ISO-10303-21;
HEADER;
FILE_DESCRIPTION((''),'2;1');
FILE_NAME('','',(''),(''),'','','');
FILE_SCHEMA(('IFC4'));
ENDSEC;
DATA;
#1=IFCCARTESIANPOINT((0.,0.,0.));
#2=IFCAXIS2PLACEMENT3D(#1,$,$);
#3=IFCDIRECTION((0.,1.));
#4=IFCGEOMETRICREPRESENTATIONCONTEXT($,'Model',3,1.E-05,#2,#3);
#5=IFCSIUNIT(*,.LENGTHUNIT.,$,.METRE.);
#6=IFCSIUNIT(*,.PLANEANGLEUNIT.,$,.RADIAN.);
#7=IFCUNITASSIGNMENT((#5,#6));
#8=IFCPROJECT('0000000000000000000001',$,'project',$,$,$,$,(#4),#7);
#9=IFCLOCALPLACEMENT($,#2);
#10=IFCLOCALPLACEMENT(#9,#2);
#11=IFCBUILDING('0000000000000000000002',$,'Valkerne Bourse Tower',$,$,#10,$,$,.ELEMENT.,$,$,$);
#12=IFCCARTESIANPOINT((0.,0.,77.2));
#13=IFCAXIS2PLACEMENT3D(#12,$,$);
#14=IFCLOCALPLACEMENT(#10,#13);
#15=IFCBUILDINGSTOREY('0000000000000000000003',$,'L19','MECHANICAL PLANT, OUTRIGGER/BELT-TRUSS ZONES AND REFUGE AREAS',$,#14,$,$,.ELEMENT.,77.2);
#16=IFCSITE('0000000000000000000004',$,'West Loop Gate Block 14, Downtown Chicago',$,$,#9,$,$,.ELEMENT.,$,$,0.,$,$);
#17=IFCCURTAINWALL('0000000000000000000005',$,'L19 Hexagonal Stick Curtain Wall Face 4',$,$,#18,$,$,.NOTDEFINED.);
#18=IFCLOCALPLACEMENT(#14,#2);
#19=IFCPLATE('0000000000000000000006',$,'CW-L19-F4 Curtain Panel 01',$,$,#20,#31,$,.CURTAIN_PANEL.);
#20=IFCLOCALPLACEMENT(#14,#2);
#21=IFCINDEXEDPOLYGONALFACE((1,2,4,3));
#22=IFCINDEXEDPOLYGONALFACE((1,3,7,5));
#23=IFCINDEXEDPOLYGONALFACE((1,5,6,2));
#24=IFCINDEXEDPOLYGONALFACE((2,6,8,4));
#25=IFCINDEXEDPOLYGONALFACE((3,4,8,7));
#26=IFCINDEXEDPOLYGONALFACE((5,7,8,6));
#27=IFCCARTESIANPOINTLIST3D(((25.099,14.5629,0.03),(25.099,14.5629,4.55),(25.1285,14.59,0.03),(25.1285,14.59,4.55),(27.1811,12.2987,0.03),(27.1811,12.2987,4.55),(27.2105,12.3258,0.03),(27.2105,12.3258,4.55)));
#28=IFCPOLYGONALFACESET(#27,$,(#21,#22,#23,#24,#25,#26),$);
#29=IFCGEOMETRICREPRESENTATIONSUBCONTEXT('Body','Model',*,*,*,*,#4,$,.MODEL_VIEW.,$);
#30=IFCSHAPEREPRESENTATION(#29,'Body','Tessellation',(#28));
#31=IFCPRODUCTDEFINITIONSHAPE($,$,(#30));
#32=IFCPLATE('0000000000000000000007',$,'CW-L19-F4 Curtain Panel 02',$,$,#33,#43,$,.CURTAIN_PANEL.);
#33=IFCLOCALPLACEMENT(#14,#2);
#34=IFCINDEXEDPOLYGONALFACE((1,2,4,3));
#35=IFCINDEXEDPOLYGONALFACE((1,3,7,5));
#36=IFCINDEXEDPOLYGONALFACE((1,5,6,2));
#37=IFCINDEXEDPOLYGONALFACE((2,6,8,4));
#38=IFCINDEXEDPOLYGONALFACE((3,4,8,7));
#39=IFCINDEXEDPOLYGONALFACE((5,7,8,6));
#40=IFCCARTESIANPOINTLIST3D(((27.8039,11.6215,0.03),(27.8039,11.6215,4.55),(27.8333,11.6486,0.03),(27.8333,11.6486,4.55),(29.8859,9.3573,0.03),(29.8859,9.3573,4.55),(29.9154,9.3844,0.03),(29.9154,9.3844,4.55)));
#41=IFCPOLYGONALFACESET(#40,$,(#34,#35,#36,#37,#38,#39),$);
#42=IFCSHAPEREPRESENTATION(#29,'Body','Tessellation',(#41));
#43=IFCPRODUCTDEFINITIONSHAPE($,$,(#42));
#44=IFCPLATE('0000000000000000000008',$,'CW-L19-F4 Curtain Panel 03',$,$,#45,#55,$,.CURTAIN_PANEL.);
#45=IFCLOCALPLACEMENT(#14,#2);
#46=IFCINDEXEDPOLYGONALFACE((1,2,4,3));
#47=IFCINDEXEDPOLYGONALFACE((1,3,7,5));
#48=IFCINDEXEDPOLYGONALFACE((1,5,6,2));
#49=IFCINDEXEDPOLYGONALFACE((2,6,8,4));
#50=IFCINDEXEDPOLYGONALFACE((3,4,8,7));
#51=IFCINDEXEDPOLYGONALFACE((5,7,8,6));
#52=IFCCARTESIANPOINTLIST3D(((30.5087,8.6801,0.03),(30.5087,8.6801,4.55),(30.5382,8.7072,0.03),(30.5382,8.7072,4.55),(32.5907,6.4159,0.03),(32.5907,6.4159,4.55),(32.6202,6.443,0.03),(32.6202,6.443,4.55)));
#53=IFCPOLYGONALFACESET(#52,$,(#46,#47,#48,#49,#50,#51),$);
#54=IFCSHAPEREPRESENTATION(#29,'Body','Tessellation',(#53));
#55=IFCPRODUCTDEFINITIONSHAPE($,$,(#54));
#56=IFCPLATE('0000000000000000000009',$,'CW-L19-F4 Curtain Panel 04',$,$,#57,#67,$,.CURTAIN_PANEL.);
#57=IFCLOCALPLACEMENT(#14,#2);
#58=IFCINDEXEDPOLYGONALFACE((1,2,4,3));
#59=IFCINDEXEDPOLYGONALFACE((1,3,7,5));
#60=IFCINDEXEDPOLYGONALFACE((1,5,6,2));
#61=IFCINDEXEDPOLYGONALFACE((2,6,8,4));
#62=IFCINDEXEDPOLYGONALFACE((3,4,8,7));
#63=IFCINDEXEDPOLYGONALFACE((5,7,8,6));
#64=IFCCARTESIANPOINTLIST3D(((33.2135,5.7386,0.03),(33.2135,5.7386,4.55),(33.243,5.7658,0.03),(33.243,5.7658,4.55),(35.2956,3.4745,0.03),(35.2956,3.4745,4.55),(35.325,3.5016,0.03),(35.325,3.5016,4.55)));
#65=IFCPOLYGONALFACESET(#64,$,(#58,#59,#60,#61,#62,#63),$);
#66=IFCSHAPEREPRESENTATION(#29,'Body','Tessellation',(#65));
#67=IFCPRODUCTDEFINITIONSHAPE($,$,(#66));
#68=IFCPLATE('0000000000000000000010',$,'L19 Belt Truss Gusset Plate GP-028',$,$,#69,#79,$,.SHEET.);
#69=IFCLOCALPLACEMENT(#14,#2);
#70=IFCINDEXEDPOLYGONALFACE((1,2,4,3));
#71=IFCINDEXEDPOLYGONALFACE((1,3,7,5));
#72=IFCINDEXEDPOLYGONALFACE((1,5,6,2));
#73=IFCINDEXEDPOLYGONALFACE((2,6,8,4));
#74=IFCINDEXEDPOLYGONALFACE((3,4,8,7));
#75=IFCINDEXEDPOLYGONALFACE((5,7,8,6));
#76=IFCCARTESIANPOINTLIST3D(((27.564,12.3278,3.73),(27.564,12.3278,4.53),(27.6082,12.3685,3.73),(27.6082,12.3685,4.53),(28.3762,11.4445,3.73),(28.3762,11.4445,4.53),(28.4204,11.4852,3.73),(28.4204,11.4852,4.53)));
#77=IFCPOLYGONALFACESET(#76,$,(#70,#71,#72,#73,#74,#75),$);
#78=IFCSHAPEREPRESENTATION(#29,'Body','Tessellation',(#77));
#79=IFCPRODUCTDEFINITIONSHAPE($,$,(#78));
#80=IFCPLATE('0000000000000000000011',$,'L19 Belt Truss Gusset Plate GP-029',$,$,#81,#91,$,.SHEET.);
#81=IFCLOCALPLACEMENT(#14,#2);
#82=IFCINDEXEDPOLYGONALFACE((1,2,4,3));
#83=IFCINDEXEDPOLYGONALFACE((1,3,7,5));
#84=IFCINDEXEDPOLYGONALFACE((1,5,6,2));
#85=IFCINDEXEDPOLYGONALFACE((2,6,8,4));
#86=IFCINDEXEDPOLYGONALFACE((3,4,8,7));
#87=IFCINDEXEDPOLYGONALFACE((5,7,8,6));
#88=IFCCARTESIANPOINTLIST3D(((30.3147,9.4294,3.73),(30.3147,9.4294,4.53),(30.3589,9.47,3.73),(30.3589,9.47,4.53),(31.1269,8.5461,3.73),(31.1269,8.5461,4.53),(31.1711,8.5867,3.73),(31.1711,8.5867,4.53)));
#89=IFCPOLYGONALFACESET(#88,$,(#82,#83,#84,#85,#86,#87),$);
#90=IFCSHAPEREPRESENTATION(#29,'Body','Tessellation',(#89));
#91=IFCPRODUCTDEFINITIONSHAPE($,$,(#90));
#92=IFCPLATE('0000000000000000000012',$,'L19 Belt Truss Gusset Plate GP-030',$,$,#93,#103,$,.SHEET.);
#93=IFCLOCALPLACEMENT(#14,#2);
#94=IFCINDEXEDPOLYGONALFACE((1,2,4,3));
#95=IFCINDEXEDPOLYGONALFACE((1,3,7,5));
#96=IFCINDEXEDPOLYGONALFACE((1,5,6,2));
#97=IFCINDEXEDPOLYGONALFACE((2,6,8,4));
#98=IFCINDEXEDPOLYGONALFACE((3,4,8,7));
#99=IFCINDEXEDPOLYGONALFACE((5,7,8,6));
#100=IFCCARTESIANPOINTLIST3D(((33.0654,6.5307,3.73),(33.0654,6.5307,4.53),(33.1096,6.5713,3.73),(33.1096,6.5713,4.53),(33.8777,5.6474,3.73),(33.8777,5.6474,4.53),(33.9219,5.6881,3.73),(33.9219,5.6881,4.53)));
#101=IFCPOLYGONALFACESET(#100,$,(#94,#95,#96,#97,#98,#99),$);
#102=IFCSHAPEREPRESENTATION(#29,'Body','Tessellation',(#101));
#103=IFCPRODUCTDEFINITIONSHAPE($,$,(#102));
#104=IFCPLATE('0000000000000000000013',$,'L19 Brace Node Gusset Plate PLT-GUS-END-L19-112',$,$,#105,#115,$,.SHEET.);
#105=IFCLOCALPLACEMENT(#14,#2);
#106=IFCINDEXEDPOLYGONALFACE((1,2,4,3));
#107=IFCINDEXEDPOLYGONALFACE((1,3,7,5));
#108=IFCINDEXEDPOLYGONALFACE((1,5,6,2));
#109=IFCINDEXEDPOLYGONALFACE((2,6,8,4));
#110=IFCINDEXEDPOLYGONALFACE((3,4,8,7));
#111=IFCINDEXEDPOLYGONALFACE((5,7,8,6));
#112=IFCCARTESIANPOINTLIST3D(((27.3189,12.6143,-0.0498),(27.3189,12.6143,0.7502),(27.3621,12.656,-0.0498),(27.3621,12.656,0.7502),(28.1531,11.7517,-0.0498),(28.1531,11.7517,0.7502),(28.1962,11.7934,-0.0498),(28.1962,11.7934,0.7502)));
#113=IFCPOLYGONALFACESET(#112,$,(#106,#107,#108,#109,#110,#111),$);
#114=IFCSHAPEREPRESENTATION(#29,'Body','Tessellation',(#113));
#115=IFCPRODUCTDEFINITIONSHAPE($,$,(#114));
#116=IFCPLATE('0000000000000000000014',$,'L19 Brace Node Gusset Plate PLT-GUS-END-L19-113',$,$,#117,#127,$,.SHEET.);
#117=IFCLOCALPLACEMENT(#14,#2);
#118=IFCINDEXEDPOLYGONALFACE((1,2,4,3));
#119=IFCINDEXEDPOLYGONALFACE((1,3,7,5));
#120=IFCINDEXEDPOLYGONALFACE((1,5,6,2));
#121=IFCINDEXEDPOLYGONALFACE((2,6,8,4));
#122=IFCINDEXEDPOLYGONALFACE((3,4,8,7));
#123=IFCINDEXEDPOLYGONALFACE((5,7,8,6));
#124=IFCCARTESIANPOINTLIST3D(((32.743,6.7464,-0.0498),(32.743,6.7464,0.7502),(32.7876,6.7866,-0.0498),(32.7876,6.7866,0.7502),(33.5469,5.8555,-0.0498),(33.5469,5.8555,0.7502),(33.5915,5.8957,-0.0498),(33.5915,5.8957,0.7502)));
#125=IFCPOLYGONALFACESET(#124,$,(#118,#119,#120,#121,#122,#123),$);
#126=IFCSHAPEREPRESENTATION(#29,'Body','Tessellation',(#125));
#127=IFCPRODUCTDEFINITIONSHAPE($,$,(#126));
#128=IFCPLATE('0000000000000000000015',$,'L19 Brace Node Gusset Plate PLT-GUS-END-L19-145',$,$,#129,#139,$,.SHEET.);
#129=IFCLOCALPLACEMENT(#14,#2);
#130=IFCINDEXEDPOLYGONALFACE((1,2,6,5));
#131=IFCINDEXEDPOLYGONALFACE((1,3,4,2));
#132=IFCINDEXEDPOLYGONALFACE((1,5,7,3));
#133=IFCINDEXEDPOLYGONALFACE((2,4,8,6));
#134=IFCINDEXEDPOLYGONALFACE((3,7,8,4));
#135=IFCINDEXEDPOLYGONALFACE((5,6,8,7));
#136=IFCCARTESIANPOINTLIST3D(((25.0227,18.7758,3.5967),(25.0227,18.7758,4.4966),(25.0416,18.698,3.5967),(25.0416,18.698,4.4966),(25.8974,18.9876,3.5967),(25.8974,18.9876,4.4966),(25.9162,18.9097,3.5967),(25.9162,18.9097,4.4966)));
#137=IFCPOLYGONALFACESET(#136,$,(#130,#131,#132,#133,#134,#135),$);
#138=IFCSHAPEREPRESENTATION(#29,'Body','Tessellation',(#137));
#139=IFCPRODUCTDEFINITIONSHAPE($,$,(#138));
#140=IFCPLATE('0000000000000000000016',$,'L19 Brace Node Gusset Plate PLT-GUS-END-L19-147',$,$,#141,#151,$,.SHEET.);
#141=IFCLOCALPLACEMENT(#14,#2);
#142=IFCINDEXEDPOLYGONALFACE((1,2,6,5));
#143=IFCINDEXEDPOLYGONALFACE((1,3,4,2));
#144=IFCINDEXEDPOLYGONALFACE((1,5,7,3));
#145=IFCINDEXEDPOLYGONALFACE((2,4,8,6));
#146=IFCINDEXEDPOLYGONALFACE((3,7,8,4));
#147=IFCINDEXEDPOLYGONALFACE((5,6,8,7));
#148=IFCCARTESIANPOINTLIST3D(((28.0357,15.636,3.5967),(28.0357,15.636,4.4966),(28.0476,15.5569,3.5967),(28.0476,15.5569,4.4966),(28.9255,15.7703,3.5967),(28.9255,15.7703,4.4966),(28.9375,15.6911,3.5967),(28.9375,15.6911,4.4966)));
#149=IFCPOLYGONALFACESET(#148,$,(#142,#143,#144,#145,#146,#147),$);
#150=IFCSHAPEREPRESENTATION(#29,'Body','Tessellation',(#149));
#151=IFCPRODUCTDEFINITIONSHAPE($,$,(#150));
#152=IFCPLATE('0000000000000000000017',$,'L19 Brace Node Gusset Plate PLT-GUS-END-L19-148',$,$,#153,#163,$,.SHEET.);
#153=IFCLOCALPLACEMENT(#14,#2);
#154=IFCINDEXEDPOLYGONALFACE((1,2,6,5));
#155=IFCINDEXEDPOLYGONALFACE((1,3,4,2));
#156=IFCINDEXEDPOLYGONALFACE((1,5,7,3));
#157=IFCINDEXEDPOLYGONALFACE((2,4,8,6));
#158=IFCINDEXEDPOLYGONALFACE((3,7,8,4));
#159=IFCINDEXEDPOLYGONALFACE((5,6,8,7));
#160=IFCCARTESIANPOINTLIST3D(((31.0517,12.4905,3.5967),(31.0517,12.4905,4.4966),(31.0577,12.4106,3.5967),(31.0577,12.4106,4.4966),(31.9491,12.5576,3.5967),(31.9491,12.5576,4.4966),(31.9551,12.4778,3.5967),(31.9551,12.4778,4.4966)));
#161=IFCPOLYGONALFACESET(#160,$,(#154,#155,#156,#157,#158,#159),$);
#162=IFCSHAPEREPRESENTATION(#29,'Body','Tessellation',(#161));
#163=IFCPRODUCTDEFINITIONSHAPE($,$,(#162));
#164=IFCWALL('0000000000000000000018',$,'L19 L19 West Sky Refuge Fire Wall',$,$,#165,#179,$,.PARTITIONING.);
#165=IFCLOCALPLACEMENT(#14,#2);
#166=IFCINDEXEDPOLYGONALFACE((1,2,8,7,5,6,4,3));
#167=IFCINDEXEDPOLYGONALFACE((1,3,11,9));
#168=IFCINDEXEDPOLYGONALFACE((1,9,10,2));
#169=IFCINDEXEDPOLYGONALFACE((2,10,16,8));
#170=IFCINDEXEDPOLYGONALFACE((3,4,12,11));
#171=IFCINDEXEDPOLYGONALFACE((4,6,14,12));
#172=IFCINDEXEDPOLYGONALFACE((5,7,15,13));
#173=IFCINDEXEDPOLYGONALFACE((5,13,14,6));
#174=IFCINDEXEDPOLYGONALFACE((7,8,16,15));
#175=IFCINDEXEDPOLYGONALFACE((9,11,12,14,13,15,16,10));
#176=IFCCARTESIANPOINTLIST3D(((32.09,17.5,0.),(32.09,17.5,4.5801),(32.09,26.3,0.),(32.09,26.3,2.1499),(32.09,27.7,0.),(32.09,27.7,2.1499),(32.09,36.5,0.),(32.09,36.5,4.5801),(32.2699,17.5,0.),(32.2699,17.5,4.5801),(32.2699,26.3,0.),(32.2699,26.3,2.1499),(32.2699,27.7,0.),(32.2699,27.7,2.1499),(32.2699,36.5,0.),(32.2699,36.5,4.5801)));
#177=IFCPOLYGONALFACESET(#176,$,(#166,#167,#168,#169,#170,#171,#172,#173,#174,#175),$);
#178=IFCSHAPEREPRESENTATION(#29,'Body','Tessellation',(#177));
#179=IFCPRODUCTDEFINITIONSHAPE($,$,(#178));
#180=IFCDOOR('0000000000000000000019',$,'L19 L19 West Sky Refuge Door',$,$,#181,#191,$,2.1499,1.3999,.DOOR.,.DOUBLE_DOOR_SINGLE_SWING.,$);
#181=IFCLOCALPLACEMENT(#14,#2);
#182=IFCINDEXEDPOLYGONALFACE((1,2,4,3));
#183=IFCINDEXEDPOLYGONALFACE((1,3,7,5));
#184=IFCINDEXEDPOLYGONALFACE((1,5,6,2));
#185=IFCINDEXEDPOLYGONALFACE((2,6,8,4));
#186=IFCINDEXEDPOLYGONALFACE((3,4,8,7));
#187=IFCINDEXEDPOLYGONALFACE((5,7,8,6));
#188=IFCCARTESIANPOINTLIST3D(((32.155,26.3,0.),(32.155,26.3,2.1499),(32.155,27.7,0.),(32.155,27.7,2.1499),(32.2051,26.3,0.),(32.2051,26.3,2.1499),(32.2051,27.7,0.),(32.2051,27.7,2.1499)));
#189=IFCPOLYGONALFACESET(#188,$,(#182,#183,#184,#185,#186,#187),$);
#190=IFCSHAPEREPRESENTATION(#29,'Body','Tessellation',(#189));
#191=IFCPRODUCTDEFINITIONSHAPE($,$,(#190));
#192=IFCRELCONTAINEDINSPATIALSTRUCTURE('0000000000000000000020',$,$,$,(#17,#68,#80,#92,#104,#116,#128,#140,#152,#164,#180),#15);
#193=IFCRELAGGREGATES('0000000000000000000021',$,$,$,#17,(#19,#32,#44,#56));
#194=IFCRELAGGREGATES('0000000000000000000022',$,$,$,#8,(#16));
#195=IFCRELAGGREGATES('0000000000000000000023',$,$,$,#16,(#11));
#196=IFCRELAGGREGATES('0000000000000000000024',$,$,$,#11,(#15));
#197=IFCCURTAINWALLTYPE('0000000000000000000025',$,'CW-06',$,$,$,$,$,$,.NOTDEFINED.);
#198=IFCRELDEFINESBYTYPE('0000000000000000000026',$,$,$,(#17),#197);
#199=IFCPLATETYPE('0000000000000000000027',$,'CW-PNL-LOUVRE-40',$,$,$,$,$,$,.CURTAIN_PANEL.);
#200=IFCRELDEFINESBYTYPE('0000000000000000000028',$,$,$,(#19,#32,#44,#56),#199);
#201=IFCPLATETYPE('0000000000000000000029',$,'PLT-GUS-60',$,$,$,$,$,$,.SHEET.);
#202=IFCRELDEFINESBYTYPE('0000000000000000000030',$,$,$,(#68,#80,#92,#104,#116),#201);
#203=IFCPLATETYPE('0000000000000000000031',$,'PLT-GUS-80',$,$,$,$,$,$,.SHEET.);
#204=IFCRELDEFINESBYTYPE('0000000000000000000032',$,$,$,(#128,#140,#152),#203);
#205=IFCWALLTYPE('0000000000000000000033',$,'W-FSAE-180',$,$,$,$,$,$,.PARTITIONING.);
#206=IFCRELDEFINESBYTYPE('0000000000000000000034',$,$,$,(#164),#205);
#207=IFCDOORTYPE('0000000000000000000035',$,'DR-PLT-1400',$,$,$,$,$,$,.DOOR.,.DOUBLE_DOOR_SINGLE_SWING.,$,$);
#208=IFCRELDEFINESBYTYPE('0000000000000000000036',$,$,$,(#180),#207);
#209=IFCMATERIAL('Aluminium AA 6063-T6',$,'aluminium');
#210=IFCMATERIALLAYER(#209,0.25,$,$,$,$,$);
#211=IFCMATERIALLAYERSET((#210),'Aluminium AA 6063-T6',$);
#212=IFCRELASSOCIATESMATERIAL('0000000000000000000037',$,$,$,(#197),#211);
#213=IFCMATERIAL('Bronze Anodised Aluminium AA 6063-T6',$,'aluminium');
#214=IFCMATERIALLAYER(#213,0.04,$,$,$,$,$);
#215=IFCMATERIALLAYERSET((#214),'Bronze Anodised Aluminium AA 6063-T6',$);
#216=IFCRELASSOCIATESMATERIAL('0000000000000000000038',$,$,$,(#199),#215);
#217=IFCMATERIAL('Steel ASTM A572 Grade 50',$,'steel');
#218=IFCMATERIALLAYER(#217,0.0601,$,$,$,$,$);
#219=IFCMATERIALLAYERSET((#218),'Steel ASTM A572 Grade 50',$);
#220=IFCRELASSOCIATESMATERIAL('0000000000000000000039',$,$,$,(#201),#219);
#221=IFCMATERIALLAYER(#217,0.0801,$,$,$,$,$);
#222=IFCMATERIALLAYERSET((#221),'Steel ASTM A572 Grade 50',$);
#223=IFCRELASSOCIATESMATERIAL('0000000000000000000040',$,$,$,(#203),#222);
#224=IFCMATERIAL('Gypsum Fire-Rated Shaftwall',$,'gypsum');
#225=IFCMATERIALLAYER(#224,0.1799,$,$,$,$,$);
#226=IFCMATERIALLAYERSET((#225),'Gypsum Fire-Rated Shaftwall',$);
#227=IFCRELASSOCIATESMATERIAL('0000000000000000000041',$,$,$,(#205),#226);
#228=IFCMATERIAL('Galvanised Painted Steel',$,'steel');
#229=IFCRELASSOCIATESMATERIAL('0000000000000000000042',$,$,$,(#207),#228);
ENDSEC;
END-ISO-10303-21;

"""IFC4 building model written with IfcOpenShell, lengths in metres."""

from ifc_helpers import new_model, si_unit, direction, frame, frame_2d, origin, origin_2d, place, context, subcontext, project, spatial, rectangle, extrude, material, layer, layer_set, type_object, element, fill, aggregate, save


model = new_model("IFC4")

# Units and contexts
model_context = context("Model", 3, precision=1e-05, world=origin(), true_north=direction((0.0, 1.0)))
body_context = subcontext(model_context, "Body", "Model", "MODEL_VIEW")
ifc_project = project(units=[si_unit("LENGTHUNIT", "METRE"), si_unit("PLANEANGLEUNIT", "RADIAN")], contexts=[model_context])

# Site, building, storey
site_placement = place(None, origin())
site = spatial("IfcSite", under=ifc_project, at=site_placement, Name="West Loop Gate Block 14, Downtown Chicago", CompositionType="ELEMENT", RefElevation=0.0)
building_placement = place(site_placement, origin())
building = spatial("IfcBuilding", under=site, at=building_placement, Name="Valkerne Bourse Tower", CompositionType="ELEMENT")
storey_placement = place(building_placement, frame((0.0, 0.0, 77.2)))
storey = spatial("IfcBuildingStorey", under=building, at=storey_placement, Name="L19", Description="MECHANICAL PLANT, OUTRIGGER/BELT-TRUSS ZONES AND REFUGE AREAS", CompositionType="ELEMENT", Elevation=77.2)

# Curtain wall
ifc_material_1 = material(Name="Aluminium AA 6063-T6", Category="aluminium")
ifc_layer_1 = layer(ifc_material_1, 0.25)
ifc_layer_set_1 = layer_set([ifc_layer_1], Name="Aluminium AA 6063-T6")
curtain_wall_type = type_object("IfcCurtainWallType", Name="CW-06", PredefinedType="NOTDEFINED", material=ifc_layer_set_1)
curtain_wall_placement = place(storey_placement, origin())
curtain_wall = element("IfcCurtainWall", 1, at=curtain_wall_placement, inside=storey, type_object=curtain_wall_type, Name="L19 Hexagonal Stick Curtain Wall Face 4", PredefinedType="NOTDEFINED")

# Plates
ifc_material_2 = material(Name="Bronze Anodised Aluminium AA 6063-T6", Category="aluminium")
ifc_layer_2 = layer(ifc_material_2, 0.04)
ifc_layer_set_2 = layer_set([ifc_layer_2], Name="Bronze Anodised Aluminium AA 6063-T6")
plate_type_1 = type_object("IfcPlateType", Name="CW-PNL-LOUVRE-40", PredefinedType="CURTAIN_PANEL", material=ifc_layer_set_2)
plate_1_placement = place(storey_placement, frame((26.1548, 13.4443, 0.03), z_axis=(0.0, 0.0, 1.0), x_axis=(0.676882, -0.736092, 0.0)))
plate_1 = element("IfcPlate", 2, at=plate_1_placement, type_object=plate_type_1, Name="CW-L19-F4 Curtain Panel 01", PredefinedType="CURTAIN_PANEL", context=body_context, shape_type="SweptSolid", body=[
    extrude(rectangle(XDim=3.0759, YDim=0.04, at=origin_2d()), origin(), (0.0, 0.0, 1.0), 4.52),
])
plate_2_placement = place(storey_placement, frame((28.8596, 10.5029, 0.03), z_axis=(0.0, 0.0, 1.0), x_axis=(0.676882, -0.736092, 0.0)))
plate_2 = element("IfcPlate", 3, at=plate_2_placement, type_object=plate_type_1, Name="CW-L19-F4 Curtain Panel 02", PredefinedType="CURTAIN_PANEL", context=body_context, shape_type="SweptSolid", body=[
    extrude(rectangle(XDim=3.0759, YDim=0.04, at=origin_2d()), origin(), (0.0, 0.0, 1.0), 4.52),
])
plate_3_placement = place(storey_placement, frame((31.5645, 7.5615, 0.03), z_axis=(0.0, 0.0, 1.0), x_axis=(0.676869, -0.736103, 0.0)))
plate_3 = element("IfcPlate", 4, at=plate_3_placement, type_object=plate_type_1, Name="CW-L19-F4 Curtain Panel 03", PredefinedType="CURTAIN_PANEL", context=body_context, shape_type="SweptSolid", body=[
    extrude(rectangle(XDim=3.0759, YDim=0.04, at=origin_2d()), origin(), (0.0, 0.0, 1.0), 4.52),
])
plate_4_placement = place(storey_placement, frame((34.2693, 4.6201, 0.03), z_axis=(0.0, 0.0, 1.0), x_axis=(0.676882, -0.736092, 0.0)))
plate_4 = element("IfcPlate", 5, at=plate_4_placement, type_object=plate_type_1, Name="CW-L19-F4 Curtain Panel 04", PredefinedType="CURTAIN_PANEL", context=body_context, shape_type="SweptSolid", body=[
    extrude(rectangle(XDim=3.0759, YDim=0.04, at=origin_2d()), origin(), (0.0, 0.0, 1.0), 4.52),
])
aggregate(curtain_wall, [plate_1, plate_2, plate_3, plate_4])

# Plates
ifc_material_3 = material(Name="Steel ASTM A572 Grade 50", Category="steel")
ifc_layer_3 = layer(ifc_material_3, 0.0601)
ifc_layer_set_3 = layer_set([ifc_layer_3], Name="Steel ASTM A572 Grade 50")
plate_type_2 = type_object("IfcPlateType", Name="PLT-GUS-60", PredefinedType="SHEET", material=ifc_layer_set_3)
for number, where, z_axis, x_axis, name in (
    (6, (27.9922, 11.9065, 3.73), (0.0, 0.0, 1.0), (0.676876, -0.736097, 0.0), "L19 Belt Truss Gusset Plate GP-028"),
    (7, (30.7429, 9.0081, 3.73), (0.0, 0.0, 1.0), (0.676876, -0.736097, 0.0), "L19 Belt Truss Gusset Plate GP-029"),
    (8, (33.4937, 6.1094, 3.73), (0.0, 0.0, 1.0), (0.676876, -0.736097, 0.0), "L19 Belt Truss Gusset Plate GP-030"),
    (9, (27.7576, 12.2039, -0.0498), (0.0, 0.0, 1.0), (-0.69516, 0.718855, 0.0), "L19 Brace Node Gusset Plate PLT-GUS-END-L19-112"),
    (10, (33.1672, 6.321, -0.0498), (0.0, 0.0, 1.0), (-0.669908, 0.742444, 0.0), "L19 Brace Node Gusset Plate PLT-GUS-END-L19-113"),
):
    element("IfcPlate", number, at=place(storey_placement, frame(where, z_axis=z_axis, x_axis=x_axis)), inside=storey, type_object=plate_type_2, Name=name, PredefinedType="SHEET", context=body_context, shape_type="SweptSolid", body=[
        extrude(rectangle(XDim=1.2, YDim=0.0601, at=origin_2d()), origin(), (0.0, 0.0, 1.0), 0.8),
    ])
ifc_layer_4 = layer(ifc_material_3, 0.0801)
ifc_layer_set_4 = layer_set([ifc_layer_4], Name="Steel ASTM A572 Grade 50")
plate_type_3 = type_object("IfcPlateType", Name="PLT-GUS-80", PredefinedType="SHEET", material=ifc_layer_set_4)
for number, where, z_axis, x_axis, name in (
    (11, (25.4695, 18.8428, 3.5967), (0.0, 0.0, 1.0), (0.97192, 0.235312, 0.0), "L19 Brace Node Gusset Plate PLT-GUS-END-L19-145"),
    (12, (28.4866, 15.6636, 3.5967), (0.0, 0.0, 1.0), (0.988809, 0.14919, 0.0), "L19 Brace Node Gusset Plate PLT-GUS-END-L19-147"),
    (13, (31.5034, 12.4841, 3.5967), (0.0, 0.0, 1.0), (0.997211, 0.074631, 0.0), "L19 Brace Node Gusset Plate PLT-GUS-END-L19-148"),
):
    element("IfcPlate", number, at=place(storey_placement, frame(where, z_axis=z_axis, x_axis=x_axis)), inside=storey, type_object=plate_type_3, Name=name, PredefinedType="SHEET", context=body_context, shape_type="SweptSolid", body=[
        extrude(rectangle(XDim=0.8999, YDim=0.0801, at=origin_2d()), origin(), (0.0, 0.0, 1.0), 0.8999),
    ])

# Wall, opening, door
ifc_material_4 = material(Name="Gypsum Fire-Rated Shaftwall", Category="gypsum")
ifc_layer_5 = layer(ifc_material_4, 0.1799)
ifc_layer_set_5 = layer_set([ifc_layer_5], Name="Gypsum Fire-Rated Shaftwall")
wall_type = type_object("IfcWallType", Name="W-FSAE-180", PredefinedType="PARTITIONING", material=ifc_layer_set_5)
wall_placement = place(storey_placement, frame((32.1799, 17.5, 0.0), z_axis=(0.0, 0.0, 1.0), x_axis=(0.0, 1.0, 0.0)))
wall = element("IfcWall", 14, at=wall_placement, inside=storey, type_object=wall_type, Name="L19 L19 West Sky Refuge Fire Wall", PredefinedType="PARTITIONING", context=body_context, shape_type="SweptSolid", body=[
    extrude(rectangle(XDim=19.0, YDim=0.1799, at=frame_2d((9.5, 0.0))), origin(), (0.0, 0.0, 1.0), 4.5801),
])
opening_placement = place(wall_placement, frame((8.8, 0.0, 0.0)))
opening = element("IfcOpeningElement", 15, at=opening_placement, cuts=wall, PredefinedType="OPENING", context=body_context, shape_type="SweptSolid", body=[
    extrude(rectangle(XDim=1.3999, YDim=2.1499, at=frame_2d((0.7, 1.075))), frame((0.0, 0.0999, 0.0), z_axis=(0.0, -1.0, 0.0), x_axis=(1.0, 0.0, 0.0)), (0.0, 0.0, 1.0), 0.2),
])
ifc_material_5 = material(Name="Galvanised Painted Steel", Category="steel")
door_type = type_object("IfcDoorType", Name="DR-PLT-1400", OperationType="DOUBLE_DOOR_SINGLE_SWING", PredefinedType="DOOR", material=ifc_material_5)
door_placement = place(opening_placement, origin())
door = element("IfcDoor", 16, at=door_placement, inside=storey, type_object=door_type, Name="L19 L19 West Sky Refuge Door", OperationType="DOUBLE_DOOR_SINGLE_SWING", OverallHeight=2.1499, OverallWidth=1.3999, PredefinedType="DOOR", context=body_context, shape_type="SweptSolid", body=[
    extrude(rectangle(XDim=1.3999, YDim=2.1499, at=frame_2d((0.7, 1.075))), frame((0.0, 0.0249, 0.0), z_axis=(0.0, -1.0, 0.0), x_axis=(1.0, 0.0, 0.0)), (0.0, 0.0, 1.0), 0.05),
])
fill(opening, door)

save(model, "model.ifc")
